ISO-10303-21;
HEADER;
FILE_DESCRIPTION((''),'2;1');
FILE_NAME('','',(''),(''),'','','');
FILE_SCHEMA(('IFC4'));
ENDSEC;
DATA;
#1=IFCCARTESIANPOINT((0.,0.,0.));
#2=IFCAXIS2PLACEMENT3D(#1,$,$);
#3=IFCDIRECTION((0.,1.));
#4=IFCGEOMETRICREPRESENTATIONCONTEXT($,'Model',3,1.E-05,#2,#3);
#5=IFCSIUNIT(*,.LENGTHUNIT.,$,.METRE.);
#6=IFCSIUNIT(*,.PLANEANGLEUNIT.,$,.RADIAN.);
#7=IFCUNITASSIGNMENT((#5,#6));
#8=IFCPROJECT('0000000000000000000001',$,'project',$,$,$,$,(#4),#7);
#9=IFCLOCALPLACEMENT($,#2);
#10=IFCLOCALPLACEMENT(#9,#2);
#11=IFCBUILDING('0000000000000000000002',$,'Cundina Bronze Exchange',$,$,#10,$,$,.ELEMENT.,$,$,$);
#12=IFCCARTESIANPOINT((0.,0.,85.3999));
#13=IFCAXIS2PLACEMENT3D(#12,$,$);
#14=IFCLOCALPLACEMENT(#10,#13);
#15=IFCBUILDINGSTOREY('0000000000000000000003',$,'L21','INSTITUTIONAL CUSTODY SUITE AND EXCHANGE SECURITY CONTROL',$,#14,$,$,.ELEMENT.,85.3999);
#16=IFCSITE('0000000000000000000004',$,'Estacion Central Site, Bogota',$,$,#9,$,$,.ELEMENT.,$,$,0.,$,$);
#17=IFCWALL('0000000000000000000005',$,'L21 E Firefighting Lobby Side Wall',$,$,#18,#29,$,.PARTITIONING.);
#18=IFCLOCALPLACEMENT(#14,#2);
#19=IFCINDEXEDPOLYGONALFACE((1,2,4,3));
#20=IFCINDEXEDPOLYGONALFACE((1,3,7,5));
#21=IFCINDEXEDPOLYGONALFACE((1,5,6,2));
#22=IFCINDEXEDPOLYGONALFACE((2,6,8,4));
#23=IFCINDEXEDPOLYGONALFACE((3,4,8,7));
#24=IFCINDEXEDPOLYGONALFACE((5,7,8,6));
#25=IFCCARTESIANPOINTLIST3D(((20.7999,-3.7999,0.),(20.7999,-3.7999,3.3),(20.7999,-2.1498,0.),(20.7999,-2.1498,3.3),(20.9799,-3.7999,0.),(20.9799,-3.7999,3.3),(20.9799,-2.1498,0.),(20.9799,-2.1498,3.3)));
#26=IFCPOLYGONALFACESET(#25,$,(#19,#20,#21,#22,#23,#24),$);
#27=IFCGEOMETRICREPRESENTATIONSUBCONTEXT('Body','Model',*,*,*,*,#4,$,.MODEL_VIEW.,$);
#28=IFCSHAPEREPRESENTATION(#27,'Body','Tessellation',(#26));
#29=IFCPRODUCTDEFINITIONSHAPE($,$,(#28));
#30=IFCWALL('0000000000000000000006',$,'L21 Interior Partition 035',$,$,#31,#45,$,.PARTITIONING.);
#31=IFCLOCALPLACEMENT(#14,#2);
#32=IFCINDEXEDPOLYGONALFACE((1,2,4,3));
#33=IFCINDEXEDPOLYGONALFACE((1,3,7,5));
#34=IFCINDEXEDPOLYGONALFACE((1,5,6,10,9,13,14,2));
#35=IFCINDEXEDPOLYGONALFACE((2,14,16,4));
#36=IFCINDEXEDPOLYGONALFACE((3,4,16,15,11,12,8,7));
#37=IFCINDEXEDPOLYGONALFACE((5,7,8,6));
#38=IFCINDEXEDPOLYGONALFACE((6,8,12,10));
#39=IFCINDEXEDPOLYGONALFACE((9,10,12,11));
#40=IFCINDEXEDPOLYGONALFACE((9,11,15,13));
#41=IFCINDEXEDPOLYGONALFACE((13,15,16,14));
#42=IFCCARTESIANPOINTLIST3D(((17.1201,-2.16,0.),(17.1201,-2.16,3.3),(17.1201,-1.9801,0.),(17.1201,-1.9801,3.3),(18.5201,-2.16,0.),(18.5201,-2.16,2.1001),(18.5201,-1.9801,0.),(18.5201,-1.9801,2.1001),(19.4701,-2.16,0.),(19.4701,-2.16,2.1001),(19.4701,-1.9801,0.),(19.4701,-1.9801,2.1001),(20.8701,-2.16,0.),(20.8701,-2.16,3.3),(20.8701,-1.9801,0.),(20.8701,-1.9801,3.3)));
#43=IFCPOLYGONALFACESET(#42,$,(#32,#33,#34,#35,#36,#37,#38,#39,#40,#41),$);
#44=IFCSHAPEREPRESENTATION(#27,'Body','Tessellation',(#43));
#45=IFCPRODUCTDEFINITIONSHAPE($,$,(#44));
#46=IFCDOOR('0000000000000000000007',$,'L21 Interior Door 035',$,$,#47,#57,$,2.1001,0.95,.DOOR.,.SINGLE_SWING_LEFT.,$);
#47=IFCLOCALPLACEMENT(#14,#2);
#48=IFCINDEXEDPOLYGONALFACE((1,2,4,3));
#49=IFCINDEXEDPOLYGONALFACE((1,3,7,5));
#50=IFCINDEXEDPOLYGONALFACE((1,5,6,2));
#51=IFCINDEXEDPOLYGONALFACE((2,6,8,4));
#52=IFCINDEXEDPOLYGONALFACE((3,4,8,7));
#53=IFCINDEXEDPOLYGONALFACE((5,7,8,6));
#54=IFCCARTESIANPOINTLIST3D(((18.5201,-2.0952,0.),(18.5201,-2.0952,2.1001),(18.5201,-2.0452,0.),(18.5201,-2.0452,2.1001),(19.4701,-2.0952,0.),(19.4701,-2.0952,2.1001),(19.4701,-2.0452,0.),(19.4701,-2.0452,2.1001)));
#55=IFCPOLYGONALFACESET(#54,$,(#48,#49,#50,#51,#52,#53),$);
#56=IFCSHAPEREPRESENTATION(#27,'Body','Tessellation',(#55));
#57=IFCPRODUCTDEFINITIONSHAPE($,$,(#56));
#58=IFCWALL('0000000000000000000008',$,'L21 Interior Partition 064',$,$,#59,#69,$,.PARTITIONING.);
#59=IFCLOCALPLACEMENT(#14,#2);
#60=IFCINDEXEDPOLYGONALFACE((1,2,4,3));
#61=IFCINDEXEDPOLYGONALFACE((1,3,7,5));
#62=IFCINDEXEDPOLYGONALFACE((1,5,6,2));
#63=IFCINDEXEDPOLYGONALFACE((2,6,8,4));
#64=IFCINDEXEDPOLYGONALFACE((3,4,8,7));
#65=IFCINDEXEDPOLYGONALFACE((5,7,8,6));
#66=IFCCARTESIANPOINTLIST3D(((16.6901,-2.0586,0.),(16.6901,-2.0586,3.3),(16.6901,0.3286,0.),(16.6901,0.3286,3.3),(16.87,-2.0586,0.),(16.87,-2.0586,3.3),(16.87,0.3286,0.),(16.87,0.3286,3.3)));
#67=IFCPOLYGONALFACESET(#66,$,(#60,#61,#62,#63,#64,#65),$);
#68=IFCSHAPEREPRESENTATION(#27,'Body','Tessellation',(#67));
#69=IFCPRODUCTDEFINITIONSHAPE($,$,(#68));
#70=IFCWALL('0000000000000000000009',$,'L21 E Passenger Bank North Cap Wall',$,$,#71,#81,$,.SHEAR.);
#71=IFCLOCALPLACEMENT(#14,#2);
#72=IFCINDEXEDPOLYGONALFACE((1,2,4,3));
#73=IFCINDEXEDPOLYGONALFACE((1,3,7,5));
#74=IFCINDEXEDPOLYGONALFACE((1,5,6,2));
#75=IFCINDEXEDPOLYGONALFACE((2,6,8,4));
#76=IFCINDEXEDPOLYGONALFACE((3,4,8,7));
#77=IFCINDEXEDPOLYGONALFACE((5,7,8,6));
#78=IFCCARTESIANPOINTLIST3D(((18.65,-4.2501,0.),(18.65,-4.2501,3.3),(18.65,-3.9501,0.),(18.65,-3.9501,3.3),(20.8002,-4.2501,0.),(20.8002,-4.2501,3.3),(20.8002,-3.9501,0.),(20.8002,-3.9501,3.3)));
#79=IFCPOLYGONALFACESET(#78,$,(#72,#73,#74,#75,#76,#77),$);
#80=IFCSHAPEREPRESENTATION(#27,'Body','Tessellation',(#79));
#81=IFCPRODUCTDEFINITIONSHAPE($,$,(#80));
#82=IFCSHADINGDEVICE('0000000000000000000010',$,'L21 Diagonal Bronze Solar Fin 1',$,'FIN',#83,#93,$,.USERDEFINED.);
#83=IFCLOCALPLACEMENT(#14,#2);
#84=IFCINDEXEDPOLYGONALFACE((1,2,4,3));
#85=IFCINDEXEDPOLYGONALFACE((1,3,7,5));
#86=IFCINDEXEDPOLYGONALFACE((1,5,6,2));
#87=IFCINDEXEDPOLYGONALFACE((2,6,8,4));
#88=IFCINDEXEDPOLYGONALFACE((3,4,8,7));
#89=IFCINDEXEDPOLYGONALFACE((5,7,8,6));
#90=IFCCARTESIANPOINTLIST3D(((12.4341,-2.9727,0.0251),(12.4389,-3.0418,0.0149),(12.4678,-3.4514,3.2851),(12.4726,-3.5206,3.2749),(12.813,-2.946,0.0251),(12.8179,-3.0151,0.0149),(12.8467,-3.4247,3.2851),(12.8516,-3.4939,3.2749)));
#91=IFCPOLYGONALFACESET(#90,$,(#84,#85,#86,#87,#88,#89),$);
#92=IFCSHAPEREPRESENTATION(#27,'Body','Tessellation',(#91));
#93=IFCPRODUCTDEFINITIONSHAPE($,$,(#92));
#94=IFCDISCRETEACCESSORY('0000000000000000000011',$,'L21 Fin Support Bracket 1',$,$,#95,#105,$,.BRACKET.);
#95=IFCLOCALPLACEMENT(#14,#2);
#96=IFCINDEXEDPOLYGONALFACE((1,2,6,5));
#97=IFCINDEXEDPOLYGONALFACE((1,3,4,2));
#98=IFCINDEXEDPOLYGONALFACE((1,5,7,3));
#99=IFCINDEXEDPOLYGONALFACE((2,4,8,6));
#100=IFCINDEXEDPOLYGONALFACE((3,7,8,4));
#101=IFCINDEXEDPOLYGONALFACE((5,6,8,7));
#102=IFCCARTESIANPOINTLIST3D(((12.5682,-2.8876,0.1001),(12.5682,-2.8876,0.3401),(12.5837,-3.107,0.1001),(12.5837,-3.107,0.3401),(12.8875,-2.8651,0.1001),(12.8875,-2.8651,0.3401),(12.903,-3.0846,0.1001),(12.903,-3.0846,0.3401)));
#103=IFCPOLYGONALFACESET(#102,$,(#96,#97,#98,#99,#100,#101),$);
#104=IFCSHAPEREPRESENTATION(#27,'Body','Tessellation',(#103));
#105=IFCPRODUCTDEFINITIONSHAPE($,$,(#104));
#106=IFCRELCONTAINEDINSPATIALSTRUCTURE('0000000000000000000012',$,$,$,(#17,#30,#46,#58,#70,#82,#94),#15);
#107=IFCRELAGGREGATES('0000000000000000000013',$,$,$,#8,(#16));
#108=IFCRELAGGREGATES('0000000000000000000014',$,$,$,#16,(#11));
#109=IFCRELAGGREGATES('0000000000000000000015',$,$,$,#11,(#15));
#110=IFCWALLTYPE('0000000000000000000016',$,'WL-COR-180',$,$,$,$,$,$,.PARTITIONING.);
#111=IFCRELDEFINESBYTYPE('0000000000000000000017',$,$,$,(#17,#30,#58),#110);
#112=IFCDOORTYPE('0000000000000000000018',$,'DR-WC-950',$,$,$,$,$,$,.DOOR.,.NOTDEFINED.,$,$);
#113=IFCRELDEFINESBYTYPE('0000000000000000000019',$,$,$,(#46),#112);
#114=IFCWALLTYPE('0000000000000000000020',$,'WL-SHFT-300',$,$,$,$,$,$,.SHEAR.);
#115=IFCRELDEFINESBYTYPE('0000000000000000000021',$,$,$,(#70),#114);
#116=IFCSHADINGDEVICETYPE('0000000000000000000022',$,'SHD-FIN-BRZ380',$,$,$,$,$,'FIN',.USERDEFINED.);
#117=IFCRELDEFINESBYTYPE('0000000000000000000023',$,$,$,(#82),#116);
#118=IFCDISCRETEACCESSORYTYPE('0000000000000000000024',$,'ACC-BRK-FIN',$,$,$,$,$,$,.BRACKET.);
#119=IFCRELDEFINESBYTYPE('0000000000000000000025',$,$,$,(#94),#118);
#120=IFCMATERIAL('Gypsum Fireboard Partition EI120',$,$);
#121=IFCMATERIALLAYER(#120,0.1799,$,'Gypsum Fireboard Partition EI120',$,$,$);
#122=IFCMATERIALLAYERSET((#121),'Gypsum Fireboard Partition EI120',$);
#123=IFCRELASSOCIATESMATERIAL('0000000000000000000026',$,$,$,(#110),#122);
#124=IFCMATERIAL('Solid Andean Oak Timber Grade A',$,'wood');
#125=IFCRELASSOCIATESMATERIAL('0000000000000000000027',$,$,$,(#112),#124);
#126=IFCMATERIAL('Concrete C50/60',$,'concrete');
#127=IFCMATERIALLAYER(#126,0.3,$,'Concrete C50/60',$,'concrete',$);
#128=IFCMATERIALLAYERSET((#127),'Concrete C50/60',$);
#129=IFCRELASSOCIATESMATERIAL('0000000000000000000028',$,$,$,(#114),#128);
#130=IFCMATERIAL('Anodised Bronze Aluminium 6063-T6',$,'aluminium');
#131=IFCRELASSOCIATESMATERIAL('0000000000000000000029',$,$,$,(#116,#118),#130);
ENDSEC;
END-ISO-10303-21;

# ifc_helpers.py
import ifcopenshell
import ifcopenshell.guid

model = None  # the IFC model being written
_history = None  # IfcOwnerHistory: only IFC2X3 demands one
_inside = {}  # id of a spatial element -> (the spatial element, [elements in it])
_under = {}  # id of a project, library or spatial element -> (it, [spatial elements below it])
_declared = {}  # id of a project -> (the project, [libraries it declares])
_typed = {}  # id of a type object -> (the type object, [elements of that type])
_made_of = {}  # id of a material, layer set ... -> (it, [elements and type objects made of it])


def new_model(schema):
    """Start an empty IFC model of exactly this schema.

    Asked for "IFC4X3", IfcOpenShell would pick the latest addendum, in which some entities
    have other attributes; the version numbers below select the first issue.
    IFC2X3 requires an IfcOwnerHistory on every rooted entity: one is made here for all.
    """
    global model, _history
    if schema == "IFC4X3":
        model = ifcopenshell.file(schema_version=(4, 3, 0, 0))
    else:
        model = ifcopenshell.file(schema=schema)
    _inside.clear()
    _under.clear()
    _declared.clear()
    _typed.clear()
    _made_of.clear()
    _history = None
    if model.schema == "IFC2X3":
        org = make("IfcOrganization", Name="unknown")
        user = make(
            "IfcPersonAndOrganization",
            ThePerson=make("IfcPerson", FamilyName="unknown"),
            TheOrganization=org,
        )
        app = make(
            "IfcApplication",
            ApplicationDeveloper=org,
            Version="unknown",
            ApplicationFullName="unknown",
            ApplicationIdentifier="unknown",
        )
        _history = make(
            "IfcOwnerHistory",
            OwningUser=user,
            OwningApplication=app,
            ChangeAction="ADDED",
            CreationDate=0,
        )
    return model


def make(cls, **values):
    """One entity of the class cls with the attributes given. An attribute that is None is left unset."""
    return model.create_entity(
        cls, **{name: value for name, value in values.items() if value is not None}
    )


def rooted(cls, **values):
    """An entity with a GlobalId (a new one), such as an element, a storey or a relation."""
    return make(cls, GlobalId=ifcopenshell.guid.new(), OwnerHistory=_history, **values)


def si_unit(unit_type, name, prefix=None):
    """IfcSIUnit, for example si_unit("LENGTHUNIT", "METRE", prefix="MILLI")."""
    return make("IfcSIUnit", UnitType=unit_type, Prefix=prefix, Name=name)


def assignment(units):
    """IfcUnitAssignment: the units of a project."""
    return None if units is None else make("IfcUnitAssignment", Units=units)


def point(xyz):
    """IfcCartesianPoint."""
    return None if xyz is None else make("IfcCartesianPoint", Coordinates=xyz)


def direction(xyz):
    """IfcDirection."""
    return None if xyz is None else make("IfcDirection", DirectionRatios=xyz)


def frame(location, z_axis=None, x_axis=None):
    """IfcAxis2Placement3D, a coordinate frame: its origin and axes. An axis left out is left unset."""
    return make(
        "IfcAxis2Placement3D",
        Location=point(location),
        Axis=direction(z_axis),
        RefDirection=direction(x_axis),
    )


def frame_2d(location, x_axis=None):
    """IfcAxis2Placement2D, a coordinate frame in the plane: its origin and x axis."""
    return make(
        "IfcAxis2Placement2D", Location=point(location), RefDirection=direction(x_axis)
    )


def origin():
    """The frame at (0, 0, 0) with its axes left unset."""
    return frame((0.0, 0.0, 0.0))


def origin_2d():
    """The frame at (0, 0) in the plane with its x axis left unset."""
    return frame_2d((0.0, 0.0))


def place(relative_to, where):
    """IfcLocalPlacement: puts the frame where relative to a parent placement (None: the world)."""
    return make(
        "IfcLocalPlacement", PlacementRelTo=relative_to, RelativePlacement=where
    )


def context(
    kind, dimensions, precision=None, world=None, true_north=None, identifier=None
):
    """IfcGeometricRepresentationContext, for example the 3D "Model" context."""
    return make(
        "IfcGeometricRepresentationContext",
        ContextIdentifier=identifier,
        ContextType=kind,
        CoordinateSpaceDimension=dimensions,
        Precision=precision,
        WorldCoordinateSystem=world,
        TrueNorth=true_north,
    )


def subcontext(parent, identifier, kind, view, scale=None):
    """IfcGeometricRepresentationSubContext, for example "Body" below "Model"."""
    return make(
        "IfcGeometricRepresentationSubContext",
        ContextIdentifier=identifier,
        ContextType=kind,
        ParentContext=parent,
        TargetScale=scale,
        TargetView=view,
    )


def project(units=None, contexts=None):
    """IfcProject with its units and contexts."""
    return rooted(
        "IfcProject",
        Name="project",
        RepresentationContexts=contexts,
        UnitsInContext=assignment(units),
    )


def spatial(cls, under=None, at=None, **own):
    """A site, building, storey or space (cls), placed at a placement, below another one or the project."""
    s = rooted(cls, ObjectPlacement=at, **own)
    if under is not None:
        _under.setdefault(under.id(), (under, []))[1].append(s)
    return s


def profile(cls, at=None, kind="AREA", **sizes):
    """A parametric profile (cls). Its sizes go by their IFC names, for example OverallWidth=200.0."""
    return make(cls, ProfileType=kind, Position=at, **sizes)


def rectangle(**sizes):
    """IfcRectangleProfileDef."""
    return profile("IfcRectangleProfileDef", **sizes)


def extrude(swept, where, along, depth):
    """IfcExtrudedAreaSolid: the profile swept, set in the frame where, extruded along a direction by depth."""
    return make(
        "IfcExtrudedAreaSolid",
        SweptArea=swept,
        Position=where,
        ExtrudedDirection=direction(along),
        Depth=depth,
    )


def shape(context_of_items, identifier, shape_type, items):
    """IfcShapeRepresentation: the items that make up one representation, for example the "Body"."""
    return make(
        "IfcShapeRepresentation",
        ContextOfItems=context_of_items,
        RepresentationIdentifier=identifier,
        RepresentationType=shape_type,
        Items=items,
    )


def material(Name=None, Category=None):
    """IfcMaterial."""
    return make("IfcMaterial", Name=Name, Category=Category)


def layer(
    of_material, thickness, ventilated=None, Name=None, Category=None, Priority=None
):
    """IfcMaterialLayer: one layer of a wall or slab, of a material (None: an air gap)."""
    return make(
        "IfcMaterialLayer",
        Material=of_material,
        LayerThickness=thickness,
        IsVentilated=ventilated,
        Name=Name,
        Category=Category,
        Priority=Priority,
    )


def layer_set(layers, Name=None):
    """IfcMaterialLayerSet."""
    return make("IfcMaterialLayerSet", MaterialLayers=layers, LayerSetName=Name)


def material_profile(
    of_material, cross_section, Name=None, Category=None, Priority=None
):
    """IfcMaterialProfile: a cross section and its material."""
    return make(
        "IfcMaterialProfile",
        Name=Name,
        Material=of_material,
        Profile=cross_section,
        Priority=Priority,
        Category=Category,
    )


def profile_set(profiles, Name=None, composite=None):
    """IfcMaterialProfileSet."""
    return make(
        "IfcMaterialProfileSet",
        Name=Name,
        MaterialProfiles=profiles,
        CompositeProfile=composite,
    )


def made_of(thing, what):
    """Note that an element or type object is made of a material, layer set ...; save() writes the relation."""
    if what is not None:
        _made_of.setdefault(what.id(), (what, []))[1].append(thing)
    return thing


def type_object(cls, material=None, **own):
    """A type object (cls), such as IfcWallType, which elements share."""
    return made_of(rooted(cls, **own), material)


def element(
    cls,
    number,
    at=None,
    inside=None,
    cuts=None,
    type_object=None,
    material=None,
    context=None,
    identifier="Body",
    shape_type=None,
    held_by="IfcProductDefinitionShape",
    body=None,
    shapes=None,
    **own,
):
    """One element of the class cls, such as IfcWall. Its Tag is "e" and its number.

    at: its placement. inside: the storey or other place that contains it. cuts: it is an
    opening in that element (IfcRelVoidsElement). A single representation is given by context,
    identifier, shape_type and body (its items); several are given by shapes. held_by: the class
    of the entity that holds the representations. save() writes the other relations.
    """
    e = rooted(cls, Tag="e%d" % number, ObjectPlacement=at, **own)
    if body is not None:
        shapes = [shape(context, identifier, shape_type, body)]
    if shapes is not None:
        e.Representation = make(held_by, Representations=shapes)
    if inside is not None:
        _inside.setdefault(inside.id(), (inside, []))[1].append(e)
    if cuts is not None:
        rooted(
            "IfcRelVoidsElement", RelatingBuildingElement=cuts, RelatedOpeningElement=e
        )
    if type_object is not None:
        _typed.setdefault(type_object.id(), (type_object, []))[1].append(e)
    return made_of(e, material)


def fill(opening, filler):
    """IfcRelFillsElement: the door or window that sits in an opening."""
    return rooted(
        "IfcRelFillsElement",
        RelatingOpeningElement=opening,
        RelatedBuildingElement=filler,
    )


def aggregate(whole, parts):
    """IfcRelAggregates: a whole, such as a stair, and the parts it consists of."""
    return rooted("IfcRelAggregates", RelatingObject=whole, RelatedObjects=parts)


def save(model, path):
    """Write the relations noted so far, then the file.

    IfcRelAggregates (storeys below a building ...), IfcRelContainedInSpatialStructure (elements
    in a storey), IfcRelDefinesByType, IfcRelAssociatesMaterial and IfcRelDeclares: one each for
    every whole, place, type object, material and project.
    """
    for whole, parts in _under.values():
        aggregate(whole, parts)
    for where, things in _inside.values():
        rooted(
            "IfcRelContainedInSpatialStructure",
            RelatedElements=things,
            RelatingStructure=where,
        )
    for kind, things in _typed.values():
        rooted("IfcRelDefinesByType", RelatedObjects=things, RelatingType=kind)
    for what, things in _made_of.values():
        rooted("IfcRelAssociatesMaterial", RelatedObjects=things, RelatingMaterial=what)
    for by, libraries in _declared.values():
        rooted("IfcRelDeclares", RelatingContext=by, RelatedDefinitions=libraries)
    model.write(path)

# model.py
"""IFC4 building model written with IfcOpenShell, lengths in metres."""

from ifc_helpers import new_model, si_unit, direction, frame, frame_2d, origin, origin_2d, place, context, subcontext, project, spatial, rectangle, extrude, material, layer, layer_set, material_profile, profile_set, type_object, element, fill, save


model = new_model("IFC4")

# Units and contexts
model_context = context("Model", 3, precision=1e-05, world=origin(), true_north=direction((0.0, 1.0)))
body_context = subcontext(model_context, "Body", "Model", "MODEL_VIEW")
ifc_project = project(units=[si_unit("LENGTHUNIT", "METRE"), si_unit("PLANEANGLEUNIT", "RADIAN")], contexts=[model_context])

# Site, building, storey
site_placement = place(None, origin())
site = spatial("IfcSite", under=ifc_project, at=site_placement, Name="Estacion Central Site, Bogota", CompositionType="ELEMENT", RefElevation=0.0)
building_placement = place(site_placement, origin())
building = spatial("IfcBuilding", under=site, at=building_placement, Name="Cundina Bronze Exchange", CompositionType="ELEMENT")
storey_placement = place(building_placement, frame((0.0, 0.0, 85.3999)))
storey = spatial("IfcBuildingStorey", under=building, at=storey_placement, Name="L21", Description="INSTITUTIONAL CUSTODY SUITE AND EXCHANGE SECURITY CONTROL", CompositionType="ELEMENT", Elevation=85.3999)

# Shared definitions
ifc_material_1 = material(Name="Anodised Bronze Aluminium 6063-T6", Category="aluminium")

# Wall
ifc_material_2 = material(Name="Gypsum Fireboard Partition EI120")
ifc_layer_1 = layer(ifc_material_2, 0.1799, Name="Gypsum Fireboard Partition EI120")
ifc_layer_set_1 = layer_set([ifc_layer_1], Name="Gypsum Fireboard Partition EI120")
wall_type_1 = type_object("IfcWallType", Name="WL-COR-180", PredefinedType="PARTITIONING", material=ifc_layer_set_1)
wall_1_placement = place(storey_placement, frame((20.8899, -3.8, 0.0), z_axis=(0.0, 0.0, 1.0), x_axis=(0.0, 1.0, 0.0)))
element("IfcWall", 1, at=wall_1_placement, inside=storey, type_object=wall_type_1, Name="L21 E Firefighting Lobby Side Wall", PredefinedType="PARTITIONING", context=body_context, shape_type="SweptSolid", body=[
    extrude(rectangle(XDim=1.6501, YDim=0.1799, at=frame_2d((0.8252, 0.0))), origin(), (0.0, 0.0, 1.0), 3.3),
])

# Wall, opening, door
wall_2_placement = place(storey_placement, frame((17.1201, -2.0701, 0.0), z_axis=(0.0, 0.0, 1.0), x_axis=(1.0, 0.0, 0.0)))
wall_2 = element("IfcWall", 2, at=wall_2_placement, inside=storey, type_object=wall_type_1, Name="L21 Interior Partition 035", PredefinedType="PARTITIONING", context=body_context, shape_type="SweptSolid", body=[
    extrude(rectangle(XDim=3.75, YDim=0.1799, at=frame_2d((1.875, 0.0))), origin(), (0.0, 0.0, 1.0), 3.3),
])
opening_1_placement = place(wall_2_placement, frame((1.3999, 0.0, 0.0)))
opening_1 = element("IfcOpeningElement", 3, at=opening_1_placement, cuts=wall_2, PredefinedType="OPENING", context=body_context, shape_type="SweptSolid", body=[
    extrude(rectangle(XDim=0.95, YDim=2.1001, at=frame_2d((0.4751, 1.05))), frame((0.0, 0.0999, 0.0), z_axis=(0.0, -1.0, 0.0), x_axis=(1.0, 0.0, 0.0)), (0.0, 0.0, 1.0), 0.2),
])
ifc_material_3 = material(Name="Solid Andean Oak Timber Grade A", Category="wood")
door_type_1 = type_object("IfcDoorType", Name="DR-WC-950", OperationType="NOTDEFINED", PredefinedType="DOOR", material=ifc_material_3)
door_1_placement = place(opening_1_placement, origin())
door_1 = element("IfcDoor", 4, at=door_1_placement, inside=storey, type_object=door_type_1, Name="L21 Interior Door 035", OperationType="SINGLE_SWING_LEFT", OverallHeight=2.1001, OverallWidth=0.95, PredefinedType="DOOR", context=body_context, shape_type="SweptSolid", body=[
    extrude(rectangle(XDim=0.95, YDim=2.1001, at=frame_2d((0.4751, 1.05))), frame((0.0, 0.0249, 0.0), z_axis=(0.0, -1.0, 0.0), x_axis=(1.0, 0.0, 0.0)), (0.0, 0.0, 1.0), 0.05),
])
fill(opening_1, door_1)

# Walls
wall_3_placement = place(storey_placement, frame((16.78, 0.3286, 0.0), z_axis=(0.0, 0.0, 1.0), x_axis=(0.0, -1.0, 0.0)))
element("IfcWall", 5, at=wall_3_placement, inside=storey, type_object=wall_type_1, Name="L21 Interior Partition 064", PredefinedType="PARTITIONING", context=body_context, shape_type="SweptSolid", body=[
    extrude(rectangle(XDim=2.3872, YDim=0.1799, at=frame_2d((1.1936, 0.0))), origin(), (0.0, 0.0, 1.0), 3.3),
])
ifc_material_4 = material(Name="Concrete C50/60", Category="concrete")
ifc_layer_2 = layer(ifc_material_4, 0.3, Name="Concrete C50/60", Category="concrete")
ifc_layer_set_2 = layer_set([ifc_layer_2], Name="Concrete C50/60")
wall_type_2 = type_object("IfcWallType", Name="WL-SHFT-300", PredefinedType="SHEAR", material=ifc_layer_set_2)
wall_4_placement = place(storey_placement, frame((18.6499, -4.1001, 0.0), z_axis=(0.0, 0.0, 1.0), x_axis=(1.0, 0.0, 0.0)))
element("IfcWall", 6, at=wall_4_placement, inside=storey, type_object=wall_type_2, Name="L21 E Passenger Bank North Cap Wall", PredefinedType="SHEAR", context=body_context, shape_type="SweptSolid", body=[
    extrude(rectangle(XDim=2.1501, YDim=0.3, at=frame_2d((1.0752, 0.0))), origin(), (0.0, 0.0, 1.0), 3.3),
])

# Shading device
ifc_material_profile_1 = material_profile(ifc_material_1, rectangle(XDim=0.0701, YDim=0.3799, at=origin_2d()), Name="FIN70X380", Category="aluminium")
ifc_profile_set_1 = profile_set([ifc_material_profile_1], Name="Anodised Bronze Aluminium 6063-T6")
shading_device_type = type_object("IfcShadingDeviceType", Name="SHD-FIN-BRZ380", ElementType="FIN", PredefinedType="USERDEFINED", material=ifc_profile_set_1)
shading_device_placement = place(storey_placement, frame((12.626, -2.9939, 0.02), z_axis=(0.010225, -0.145292, 0.989336), x_axis=(-0.06945, 0.986895, 0.145652)))
element("IfcShadingDevice", 7, at=shading_device_placement, inside=storey, type_object=shading_device_type, Name="L21 Diagonal Bronze Solar Fin 1", ObjectType="FIN", PredefinedType="USERDEFINED", context=body_context, shape_type="SweptSolid", body=[
    extrude(rectangle(XDim=0.0701, YDim=0.3799, at=origin_2d()), origin(), (0.0, 0.0, 1.0), 3.2952),
])

# Discrete accessory
discrete_accessory_type = type_object("IfcDiscreteAccessoryType", Name="ACC-BRK-FIN", PredefinedType="BRACKET", material=ifc_material_1)
discrete_accessory_placement = place(storey_placement, frame((12.7356, -2.9861, 0.1001), z_axis=(0.0, 0.0, 1.0), x_axis=(0.070279, -0.997527, 0.0)))
element("IfcDiscreteAccessory", 8, at=discrete_accessory_placement, inside=storey, type_object=discrete_accessory_type, Name="L21 Fin Support Bracket 1", PredefinedType="BRACKET", context=body_context, shape_type="SweptSolid", body=[
    extrude(rectangle(XDim=0.22, YDim=0.3201, at=origin_2d()), origin(), (0.0, 0.0, 1.0), 0.24),
])

save(model, "model.ifc")
